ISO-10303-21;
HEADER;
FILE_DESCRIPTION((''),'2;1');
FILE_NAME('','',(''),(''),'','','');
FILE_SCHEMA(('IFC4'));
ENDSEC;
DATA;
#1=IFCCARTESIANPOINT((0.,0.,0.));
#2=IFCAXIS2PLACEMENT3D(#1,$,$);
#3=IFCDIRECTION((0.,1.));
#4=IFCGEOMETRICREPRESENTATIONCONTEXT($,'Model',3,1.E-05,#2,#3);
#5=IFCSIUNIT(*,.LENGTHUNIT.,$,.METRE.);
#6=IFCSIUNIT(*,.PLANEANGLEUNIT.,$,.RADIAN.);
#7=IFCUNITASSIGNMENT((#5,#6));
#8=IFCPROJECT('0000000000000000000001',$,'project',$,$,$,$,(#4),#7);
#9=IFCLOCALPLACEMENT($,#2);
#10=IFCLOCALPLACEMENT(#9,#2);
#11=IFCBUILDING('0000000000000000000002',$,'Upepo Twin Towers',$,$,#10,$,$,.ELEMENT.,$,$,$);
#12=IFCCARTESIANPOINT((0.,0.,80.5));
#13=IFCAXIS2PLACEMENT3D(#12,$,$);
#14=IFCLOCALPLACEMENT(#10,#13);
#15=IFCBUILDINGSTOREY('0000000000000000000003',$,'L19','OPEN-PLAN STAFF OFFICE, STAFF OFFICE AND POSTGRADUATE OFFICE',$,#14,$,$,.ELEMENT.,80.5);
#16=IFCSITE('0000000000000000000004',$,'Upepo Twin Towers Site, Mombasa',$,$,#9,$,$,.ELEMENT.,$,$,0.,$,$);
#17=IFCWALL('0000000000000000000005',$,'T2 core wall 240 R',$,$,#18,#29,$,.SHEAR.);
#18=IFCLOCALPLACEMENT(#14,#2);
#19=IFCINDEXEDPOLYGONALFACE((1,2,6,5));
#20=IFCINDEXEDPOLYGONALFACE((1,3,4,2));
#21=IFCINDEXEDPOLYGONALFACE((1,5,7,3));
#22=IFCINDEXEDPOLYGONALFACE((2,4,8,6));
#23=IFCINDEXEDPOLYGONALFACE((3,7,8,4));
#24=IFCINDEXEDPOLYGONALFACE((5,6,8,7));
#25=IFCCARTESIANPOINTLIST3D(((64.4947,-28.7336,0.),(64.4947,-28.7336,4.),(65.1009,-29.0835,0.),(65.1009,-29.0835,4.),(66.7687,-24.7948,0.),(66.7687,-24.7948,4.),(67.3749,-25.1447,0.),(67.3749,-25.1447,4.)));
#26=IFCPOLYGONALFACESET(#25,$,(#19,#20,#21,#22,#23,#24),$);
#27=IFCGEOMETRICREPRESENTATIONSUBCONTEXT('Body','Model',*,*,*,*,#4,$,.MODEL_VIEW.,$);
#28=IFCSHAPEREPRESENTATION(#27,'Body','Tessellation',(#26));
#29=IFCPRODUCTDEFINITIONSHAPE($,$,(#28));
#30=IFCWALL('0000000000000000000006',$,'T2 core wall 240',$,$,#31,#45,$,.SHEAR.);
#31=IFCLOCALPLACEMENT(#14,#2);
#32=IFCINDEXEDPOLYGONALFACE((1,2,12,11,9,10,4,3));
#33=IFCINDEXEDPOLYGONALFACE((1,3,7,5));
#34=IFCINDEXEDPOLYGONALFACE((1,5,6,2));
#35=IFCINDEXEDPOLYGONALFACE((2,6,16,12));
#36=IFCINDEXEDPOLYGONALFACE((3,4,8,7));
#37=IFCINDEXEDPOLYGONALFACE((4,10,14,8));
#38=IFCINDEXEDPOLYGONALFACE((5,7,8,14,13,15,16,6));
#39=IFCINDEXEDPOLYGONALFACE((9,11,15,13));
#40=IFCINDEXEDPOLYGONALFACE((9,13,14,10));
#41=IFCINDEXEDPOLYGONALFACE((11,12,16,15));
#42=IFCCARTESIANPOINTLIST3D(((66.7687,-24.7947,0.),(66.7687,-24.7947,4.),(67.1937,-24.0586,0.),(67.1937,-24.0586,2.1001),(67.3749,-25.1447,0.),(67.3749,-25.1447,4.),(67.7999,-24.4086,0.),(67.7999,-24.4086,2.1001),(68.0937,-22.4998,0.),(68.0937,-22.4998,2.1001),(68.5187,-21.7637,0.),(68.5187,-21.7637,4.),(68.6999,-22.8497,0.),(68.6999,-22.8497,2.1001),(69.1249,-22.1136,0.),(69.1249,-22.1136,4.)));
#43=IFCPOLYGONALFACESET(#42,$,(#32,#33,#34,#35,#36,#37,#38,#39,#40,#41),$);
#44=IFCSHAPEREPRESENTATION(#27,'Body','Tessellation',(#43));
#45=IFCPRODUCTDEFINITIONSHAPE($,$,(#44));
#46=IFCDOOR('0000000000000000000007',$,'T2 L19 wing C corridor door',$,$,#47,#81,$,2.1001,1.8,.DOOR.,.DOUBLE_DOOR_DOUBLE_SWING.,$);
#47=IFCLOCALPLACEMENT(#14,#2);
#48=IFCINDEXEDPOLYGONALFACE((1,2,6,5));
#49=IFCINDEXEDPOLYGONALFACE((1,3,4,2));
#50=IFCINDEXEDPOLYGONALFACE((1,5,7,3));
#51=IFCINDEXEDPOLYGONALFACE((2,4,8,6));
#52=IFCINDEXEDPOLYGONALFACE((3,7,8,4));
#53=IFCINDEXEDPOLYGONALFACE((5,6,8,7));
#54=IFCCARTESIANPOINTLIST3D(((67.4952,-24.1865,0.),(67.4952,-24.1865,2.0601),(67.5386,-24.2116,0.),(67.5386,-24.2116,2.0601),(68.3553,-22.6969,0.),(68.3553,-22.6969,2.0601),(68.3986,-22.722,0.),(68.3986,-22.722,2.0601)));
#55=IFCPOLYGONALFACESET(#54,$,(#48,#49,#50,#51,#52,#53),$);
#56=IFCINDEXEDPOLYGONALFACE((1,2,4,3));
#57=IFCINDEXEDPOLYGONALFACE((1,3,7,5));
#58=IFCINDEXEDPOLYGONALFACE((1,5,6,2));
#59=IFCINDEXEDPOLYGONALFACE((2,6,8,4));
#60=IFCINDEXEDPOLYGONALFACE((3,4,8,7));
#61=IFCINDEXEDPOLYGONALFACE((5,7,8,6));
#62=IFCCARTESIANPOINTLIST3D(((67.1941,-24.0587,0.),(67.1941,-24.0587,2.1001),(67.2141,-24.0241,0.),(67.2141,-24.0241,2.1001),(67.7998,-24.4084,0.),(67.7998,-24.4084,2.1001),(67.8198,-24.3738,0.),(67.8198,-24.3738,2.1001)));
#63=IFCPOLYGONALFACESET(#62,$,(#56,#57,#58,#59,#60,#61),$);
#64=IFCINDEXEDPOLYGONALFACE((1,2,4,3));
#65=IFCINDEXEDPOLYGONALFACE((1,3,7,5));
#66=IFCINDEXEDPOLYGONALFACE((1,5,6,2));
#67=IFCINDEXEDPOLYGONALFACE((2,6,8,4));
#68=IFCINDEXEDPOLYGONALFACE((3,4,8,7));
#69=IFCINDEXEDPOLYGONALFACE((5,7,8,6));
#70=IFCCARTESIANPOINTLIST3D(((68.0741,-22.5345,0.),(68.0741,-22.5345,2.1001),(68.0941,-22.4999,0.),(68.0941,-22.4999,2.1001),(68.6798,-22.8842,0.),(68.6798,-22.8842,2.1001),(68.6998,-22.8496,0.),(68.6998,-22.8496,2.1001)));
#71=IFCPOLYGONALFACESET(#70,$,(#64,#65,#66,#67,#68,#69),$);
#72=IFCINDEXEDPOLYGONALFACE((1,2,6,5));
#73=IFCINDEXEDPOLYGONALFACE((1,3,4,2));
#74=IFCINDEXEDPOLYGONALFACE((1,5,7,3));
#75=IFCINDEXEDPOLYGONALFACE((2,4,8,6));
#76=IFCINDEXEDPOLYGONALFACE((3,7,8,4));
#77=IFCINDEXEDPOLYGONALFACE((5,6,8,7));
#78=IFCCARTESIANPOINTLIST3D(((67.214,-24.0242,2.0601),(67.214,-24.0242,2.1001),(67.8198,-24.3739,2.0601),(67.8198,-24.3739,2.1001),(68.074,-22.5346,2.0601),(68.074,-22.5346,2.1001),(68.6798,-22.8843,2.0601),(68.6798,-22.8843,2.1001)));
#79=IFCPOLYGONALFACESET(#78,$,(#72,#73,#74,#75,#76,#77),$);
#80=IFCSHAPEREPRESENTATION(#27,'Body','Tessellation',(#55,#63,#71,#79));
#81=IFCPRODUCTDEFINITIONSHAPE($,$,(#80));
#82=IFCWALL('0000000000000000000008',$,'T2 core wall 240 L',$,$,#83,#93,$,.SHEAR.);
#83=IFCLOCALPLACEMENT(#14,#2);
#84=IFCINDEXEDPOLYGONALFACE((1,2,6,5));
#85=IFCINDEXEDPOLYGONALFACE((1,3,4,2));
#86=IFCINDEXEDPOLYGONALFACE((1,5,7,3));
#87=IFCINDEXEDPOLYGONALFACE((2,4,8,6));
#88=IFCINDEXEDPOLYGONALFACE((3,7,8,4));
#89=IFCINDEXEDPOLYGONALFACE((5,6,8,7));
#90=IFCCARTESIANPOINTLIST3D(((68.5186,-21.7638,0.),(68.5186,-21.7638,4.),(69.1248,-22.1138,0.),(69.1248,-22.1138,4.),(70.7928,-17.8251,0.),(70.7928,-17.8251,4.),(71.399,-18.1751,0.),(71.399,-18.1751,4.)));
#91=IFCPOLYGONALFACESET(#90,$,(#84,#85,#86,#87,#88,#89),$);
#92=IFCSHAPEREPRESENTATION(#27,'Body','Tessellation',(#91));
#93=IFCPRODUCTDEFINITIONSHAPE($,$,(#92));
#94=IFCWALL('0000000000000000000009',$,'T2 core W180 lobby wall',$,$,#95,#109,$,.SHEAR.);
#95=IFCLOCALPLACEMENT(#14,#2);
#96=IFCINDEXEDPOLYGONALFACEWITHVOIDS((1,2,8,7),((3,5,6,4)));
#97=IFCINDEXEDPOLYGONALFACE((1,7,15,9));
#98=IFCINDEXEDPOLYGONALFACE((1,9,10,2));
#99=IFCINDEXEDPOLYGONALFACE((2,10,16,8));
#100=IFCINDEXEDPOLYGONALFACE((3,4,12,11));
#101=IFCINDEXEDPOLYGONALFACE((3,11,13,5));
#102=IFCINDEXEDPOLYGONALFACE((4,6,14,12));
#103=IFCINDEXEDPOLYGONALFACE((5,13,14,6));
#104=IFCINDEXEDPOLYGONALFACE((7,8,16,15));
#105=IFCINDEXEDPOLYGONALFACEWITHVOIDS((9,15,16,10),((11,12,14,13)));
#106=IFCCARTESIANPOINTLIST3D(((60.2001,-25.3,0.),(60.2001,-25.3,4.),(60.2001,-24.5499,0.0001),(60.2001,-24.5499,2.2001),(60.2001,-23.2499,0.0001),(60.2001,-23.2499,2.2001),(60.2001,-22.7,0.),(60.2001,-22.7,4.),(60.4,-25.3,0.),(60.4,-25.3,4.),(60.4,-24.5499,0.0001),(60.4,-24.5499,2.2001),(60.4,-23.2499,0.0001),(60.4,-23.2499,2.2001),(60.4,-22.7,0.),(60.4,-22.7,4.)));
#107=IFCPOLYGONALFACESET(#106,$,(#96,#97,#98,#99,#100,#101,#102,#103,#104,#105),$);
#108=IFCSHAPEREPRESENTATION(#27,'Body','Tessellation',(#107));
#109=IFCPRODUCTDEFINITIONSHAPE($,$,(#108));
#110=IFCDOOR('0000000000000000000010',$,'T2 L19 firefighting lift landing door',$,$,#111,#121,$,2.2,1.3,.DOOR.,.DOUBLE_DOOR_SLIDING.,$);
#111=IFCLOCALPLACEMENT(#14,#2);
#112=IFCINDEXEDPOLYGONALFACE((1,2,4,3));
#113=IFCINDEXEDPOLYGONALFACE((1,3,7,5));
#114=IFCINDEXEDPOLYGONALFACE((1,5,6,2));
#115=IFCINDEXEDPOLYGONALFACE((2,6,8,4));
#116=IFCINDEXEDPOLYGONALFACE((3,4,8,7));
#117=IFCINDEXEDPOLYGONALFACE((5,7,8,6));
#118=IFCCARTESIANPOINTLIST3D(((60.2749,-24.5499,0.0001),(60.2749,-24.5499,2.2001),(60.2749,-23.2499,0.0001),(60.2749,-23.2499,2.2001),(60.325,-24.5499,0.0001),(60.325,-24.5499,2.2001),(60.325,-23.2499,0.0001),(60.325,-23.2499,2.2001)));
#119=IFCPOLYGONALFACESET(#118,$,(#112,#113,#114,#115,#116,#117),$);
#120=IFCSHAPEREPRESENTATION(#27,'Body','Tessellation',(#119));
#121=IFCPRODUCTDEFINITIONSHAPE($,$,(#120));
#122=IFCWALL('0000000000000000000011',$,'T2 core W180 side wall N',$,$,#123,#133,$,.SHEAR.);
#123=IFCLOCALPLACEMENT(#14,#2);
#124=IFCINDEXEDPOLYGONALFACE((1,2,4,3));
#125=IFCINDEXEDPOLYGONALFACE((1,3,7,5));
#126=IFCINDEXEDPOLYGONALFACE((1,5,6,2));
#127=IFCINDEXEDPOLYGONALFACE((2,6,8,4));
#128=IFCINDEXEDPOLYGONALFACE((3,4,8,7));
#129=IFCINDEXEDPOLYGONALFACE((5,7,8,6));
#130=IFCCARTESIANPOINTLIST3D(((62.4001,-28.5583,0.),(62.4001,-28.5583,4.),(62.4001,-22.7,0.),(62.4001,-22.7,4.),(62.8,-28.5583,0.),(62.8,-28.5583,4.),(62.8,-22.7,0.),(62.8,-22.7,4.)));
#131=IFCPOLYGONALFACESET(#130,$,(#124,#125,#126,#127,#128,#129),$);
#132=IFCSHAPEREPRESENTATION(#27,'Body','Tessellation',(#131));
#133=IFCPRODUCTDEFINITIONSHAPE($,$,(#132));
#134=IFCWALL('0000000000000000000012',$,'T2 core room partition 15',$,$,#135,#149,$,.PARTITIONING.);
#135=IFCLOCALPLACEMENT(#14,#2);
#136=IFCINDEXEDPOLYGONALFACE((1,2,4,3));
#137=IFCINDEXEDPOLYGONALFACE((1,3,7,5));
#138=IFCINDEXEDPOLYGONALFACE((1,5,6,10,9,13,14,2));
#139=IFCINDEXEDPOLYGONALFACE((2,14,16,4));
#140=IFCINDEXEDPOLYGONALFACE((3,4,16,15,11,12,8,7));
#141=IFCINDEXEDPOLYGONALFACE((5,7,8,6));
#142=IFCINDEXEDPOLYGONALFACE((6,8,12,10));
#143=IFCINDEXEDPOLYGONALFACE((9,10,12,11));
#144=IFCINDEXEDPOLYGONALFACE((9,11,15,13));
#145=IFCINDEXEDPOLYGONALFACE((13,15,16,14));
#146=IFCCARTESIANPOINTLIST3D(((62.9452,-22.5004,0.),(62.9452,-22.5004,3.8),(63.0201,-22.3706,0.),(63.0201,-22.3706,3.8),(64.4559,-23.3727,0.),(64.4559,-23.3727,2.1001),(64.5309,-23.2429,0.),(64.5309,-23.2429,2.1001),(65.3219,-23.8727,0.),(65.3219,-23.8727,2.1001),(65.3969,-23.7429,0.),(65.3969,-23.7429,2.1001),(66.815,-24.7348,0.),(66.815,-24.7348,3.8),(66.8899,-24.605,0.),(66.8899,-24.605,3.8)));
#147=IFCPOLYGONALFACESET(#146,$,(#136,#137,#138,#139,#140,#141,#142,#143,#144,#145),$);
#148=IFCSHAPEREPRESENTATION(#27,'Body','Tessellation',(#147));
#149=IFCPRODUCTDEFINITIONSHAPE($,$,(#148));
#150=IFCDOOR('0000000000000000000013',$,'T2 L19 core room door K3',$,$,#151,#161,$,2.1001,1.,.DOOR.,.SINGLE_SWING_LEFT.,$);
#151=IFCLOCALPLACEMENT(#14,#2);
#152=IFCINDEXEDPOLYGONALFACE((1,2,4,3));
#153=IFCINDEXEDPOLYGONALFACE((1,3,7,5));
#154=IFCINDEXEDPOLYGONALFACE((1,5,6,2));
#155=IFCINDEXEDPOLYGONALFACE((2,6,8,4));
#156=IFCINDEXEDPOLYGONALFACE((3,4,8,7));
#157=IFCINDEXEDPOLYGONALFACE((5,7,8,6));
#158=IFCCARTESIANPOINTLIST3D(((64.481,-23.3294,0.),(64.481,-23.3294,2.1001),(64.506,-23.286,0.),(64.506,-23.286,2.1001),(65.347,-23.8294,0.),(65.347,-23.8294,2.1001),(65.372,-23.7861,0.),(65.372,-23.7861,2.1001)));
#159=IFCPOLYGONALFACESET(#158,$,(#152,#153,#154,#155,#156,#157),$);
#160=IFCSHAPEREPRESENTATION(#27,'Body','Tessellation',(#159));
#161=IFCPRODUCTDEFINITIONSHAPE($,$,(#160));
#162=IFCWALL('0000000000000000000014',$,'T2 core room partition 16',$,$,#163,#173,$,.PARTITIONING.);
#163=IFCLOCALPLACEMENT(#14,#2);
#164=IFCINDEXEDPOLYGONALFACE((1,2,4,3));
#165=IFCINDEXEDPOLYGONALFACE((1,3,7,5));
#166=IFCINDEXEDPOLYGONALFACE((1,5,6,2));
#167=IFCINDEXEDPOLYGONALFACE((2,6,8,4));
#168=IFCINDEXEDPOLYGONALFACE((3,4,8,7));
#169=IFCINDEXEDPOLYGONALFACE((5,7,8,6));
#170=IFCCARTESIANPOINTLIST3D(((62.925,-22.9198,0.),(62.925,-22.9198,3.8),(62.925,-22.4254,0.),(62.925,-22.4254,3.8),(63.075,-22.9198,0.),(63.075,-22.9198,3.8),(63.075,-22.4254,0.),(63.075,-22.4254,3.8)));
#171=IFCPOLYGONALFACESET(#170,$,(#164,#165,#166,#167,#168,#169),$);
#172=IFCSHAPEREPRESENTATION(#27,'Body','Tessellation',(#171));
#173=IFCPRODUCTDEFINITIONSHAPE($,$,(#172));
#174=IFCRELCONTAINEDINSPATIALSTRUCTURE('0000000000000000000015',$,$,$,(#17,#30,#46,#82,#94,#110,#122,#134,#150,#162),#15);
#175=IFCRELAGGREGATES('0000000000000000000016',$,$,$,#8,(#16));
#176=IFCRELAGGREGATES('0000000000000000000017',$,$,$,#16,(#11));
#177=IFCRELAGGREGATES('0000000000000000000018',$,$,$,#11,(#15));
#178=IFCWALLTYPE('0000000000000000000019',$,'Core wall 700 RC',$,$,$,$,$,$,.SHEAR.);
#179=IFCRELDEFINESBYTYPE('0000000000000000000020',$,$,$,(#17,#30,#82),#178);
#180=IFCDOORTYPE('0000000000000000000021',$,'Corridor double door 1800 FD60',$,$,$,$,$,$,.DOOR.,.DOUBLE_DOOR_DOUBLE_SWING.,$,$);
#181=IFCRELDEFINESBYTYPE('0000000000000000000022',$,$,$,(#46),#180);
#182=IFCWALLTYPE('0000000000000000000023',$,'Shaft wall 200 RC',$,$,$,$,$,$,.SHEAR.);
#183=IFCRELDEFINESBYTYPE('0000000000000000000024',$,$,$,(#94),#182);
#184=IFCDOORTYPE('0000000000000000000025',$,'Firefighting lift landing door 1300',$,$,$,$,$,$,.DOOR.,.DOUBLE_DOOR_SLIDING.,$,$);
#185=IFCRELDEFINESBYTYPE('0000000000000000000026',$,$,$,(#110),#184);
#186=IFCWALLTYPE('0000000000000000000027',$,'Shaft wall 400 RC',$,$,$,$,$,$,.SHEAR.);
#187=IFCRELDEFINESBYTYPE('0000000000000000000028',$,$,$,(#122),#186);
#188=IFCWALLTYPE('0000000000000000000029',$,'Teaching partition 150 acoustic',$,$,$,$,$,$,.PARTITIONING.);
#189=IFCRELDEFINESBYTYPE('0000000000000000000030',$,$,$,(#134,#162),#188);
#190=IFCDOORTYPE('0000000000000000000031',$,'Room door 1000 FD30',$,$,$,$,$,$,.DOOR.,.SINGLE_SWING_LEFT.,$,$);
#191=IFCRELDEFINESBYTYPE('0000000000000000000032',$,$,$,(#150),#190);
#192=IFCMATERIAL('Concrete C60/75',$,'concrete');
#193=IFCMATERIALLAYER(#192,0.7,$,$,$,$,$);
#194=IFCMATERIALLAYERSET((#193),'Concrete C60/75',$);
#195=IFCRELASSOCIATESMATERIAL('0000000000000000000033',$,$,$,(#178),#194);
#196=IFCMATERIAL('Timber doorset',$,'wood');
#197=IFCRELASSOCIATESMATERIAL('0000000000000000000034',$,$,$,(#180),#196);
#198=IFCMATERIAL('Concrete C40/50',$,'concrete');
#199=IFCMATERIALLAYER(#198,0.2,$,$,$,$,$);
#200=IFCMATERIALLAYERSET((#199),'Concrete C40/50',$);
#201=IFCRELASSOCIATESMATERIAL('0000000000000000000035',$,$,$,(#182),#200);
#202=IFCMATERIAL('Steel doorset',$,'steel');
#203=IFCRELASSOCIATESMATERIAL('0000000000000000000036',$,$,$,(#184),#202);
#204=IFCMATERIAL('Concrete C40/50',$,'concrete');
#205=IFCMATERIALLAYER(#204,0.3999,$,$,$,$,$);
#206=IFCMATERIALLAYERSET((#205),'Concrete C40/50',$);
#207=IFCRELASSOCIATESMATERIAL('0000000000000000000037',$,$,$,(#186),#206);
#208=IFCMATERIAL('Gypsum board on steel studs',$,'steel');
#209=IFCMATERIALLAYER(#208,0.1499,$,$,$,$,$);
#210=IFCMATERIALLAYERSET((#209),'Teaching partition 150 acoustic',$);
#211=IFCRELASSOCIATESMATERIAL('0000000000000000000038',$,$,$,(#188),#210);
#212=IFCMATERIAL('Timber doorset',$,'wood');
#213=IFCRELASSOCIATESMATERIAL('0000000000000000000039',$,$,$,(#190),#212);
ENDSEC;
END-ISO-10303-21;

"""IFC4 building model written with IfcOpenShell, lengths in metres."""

from ifc_helpers import new_model, si_unit, direction, frame, frame_2d, origin, place, context, subcontext, project, spatial, rectangle, extrude, material, layer, layer_set, type_object, element, fill, save


model = new_model("IFC4")

# Units and contexts
model_context = context("Model", 3, precision=1e-05, world=origin(), true_north=direction((0.0, 1.0)))
body_context = subcontext(model_context, "Body", "Model", "MODEL_VIEW")
ifc_project = project(units=[si_unit("LENGTHUNIT", "METRE"), si_unit("PLANEANGLEUNIT", "RADIAN")], contexts=[model_context])

# Site, building, storey
site_placement = place(None, origin())
site = spatial("IfcSite", under=ifc_project, at=site_placement, Name="Upepo Twin Towers Site, Mombasa", CompositionType="ELEMENT", RefElevation=0.0)
building_placement = place(site_placement, origin())
building = spatial("IfcBuilding", under=site, at=building_placement, Name="Upepo Twin Towers", CompositionType="ELEMENT")
storey_placement = place(building_placement, frame((0.0, 0.0, 80.5)))
storey = spatial("IfcBuildingStorey", under=building, at=storey_placement, Name="L19", Description="OPEN-PLAN STAFF OFFICE, STAFF OFFICE AND POSTGRADUATE OFFICE", CompositionType="ELEMENT", Elevation=80.5)

# Wall
ifc_material_1 = material(Name="Concrete C60/75", Category="concrete")
ifc_layer_1 = layer(ifc_material_1, 0.7)
ifc_layer_set_1 = layer_set([ifc_layer_1], Name="Concrete C60/75")
wall_type_1 = type_object("IfcWallType", Name="Core wall 700 RC", PredefinedType="SHEAR", material=ifc_layer_set_1)
wall_1_placement = place(storey_placement, frame((64.7979, -28.9084, 0.0), z_axis=(0.0, 0.0, 1.0), x_axis=(0.499984, 0.866035, 0.0)))
element("IfcWall", 1, at=wall_1_placement, inside=storey, type_object=wall_type_1, Name="T2 core wall 240 R", PredefinedType="SHEAR", context=body_context, shape_type="SweptSolid", body=[
    extrude(rectangle(XDim=4.5481, YDim=0.7, at=frame_2d((2.2739, 0.0))), origin(), (0.0, 0.0, 1.0), 4.0),
])

# Wall, opening, door
wall_2_placement = place(storey_placement, frame((67.0718, -24.9697, 0.0), z_axis=(0.0, 0.0, 1.0), x_axis=(0.50001, 0.866019, 0.0)))
wall_2 = element("IfcWall", 2, at=wall_2_placement, inside=storey, type_object=wall_type_1, Name="T2 core wall 240", PredefinedType="SHEAR", context=body_context, shape_type="SweptSolid", body=[
    extrude(rectangle(XDim=3.5, YDim=0.7, at=frame_2d((1.75, 0.0))), origin(), (0.0, 0.0, 1.0), 4.0),
])
opening_1_placement = place(wall_2_placement, frame((0.8501, 0.0, 0.0)))
opening_1 = element("IfcOpeningElement", 3, at=opening_1_placement, cuts=wall_2, PredefinedType="OPENING", context=body_context, shape_type="SweptSolid", body=[
    extrude(rectangle(XDim=1.8, YDim=2.1001, at=frame_2d((0.8999, 1.05))), frame((0.0, 0.3599, 0.0), z_axis=(0.0, -1.0, 0.0), x_axis=(1.0, 0.0, 0.0)), (0.0, 0.0, 1.0), 0.72),
])
ifc_material_2 = material(Name="Timber doorset", Category="wood")
door_type_1 = type_object("IfcDoorType", Name="Corridor double door 1800 FD60", OperationType="DOUBLE_DOOR_DOUBLE_SWING", PredefinedType="DOOR", material=ifc_material_2)
door_1_placement = place(opening_1_placement, origin())
door_1 = element("IfcDoor", 4, at=door_1_placement, inside=storey, type_object=door_type_1, Name="T2 L19 wing C corridor door", OperationType="DOUBLE_DOOR_DOUBLE_SWING", OverallHeight=2.1001, OverallWidth=1.8, PredefinedType="DOOR", context=body_context, shape_type="SweptSolid", body=[
    extrude(rectangle(XDim=1.72, YDim=2.0601, at=frame_2d((0.8999, 1.03))), frame((0.0, 0.0249, 0.0), z_axis=(0.0, -1.0, 0.0), x_axis=(1.0, 0.0, 0.0)), (0.0, 0.0, 1.0), 0.05),
    extrude(rectangle(XDim=0.04, YDim=2.1001, at=frame_2d((0.02, 1.05))), frame((0.0, 0.3496, 0.0), z_axis=(0.0, -1.0, 0.0), x_axis=(1.0, 0.0, 0.0)), (0.0, 0.0, 1.0), 0.6995),
    extrude(rectangle(XDim=0.04, YDim=2.1001, at=frame_2d((1.78, 1.05))), frame((0.0, 0.3496, 0.0), z_axis=(0.0, -1.0, 0.0), x_axis=(1.0, 0.0, 0.0)), (0.0, 0.0, 1.0), 0.6995),
    extrude(rectangle(XDim=1.72, YDim=0.04, at=frame_2d((0.8999, 2.0801))), frame((0.0, 0.3496, 0.0), z_axis=(0.0, -1.0, 0.0), x_axis=(1.0, 0.0, 0.0)), (0.0, 0.0, 1.0), 0.6995),
])
fill(opening_1, door_1)

# Wall
wall_3_placement = place(storey_placement, frame((68.8218, -21.9387, 0.0), z_axis=(0.0, 0.0, 1.0), x_axis=(0.500024, 0.866011, 0.0)))
element("IfcWall", 5, at=wall_3_placement, inside=storey, type_object=wall_type_1, Name="T2 core wall 240 L", PredefinedType="SHEAR", context=body_context, shape_type="SweptSolid", body=[
    extrude(rectangle(XDim=4.5481, YDim=0.7, at=frame_2d((2.2739, 0.0))), origin(), (0.0, 0.0, 1.0), 4.0),
])

# Wall, opening, door
ifc_material_3 = material(Name="Concrete C40/50", Category="concrete")
ifc_layer_2 = layer(ifc_material_3, 0.2)
ifc_layer_set_2 = layer_set([ifc_layer_2], Name="Concrete C40/50")
wall_type_2 = type_object("IfcWallType", Name="Shaft wall 200 RC", PredefinedType="SHEAR", material=ifc_layer_set_2)
wall_4_placement = place(storey_placement, frame((60.3, -22.7, 0.0), z_axis=(0.0, 0.0, 1.0), x_axis=(0.0, -1.0, 0.0)))
wall_4 = element("IfcWall", 6, at=wall_4_placement, inside=storey, type_object=wall_type_2, Name="T2 core W180 lobby wall", PredefinedType="SHEAR", context=body_context, shape_type="SweptSolid", body=[
    extrude(rectangle(XDim=2.6001, YDim=0.2, at=frame_2d((1.3, 0.0))), origin(), (0.0, 0.0, 1.0), 4.0),
])
opening_2_placement = place(wall_4_placement, frame((0.55, 0.0, 0.0)))
opening_2 = element("IfcOpeningElement", 7, at=opening_2_placement, cuts=wall_4, PredefinedType="OPENING", context=body_context, shape_type="SweptSolid", body=[
    extrude(rectangle(XDim=1.3, YDim=2.2, at=frame_2d((0.6499, 1.1001))), frame((0.0, 0.1099, 0.0), z_axis=(0.0, -1.0, 0.0), x_axis=(1.0, 0.0, 0.0)), (0.0, 0.0, 1.0), 0.22),
])
ifc_material_4 = material(Name="Steel doorset", Category="steel")
door_type_2 = type_object("IfcDoorType", Name="Firefighting lift landing door 1300", OperationType="DOUBLE_DOOR_SLIDING", PredefinedType="DOOR", material=ifc_material_4)
door_2_placement = place(opening_2_placement, origin())
door_2 = element("IfcDoor", 8, at=door_2_placement, inside=storey, type_object=door_type_2, Name="T2 L19 firefighting lift landing door", OperationType="DOUBLE_DOOR_SLIDING", OverallHeight=2.2, OverallWidth=1.3, PredefinedType="DOOR", context=body_context, shape_type="SweptSolid", body=[
    extrude(rectangle(XDim=1.3, YDim=2.2, at=frame_2d((0.6499, 1.1001))), frame((0.0, 0.0249, 0.0), z_axis=(0.0, -1.0, 0.0), x_axis=(1.0, 0.0, 0.0)), (0.0, 0.0, 1.0), 0.05),
])
fill(opening_2, door_2)

# Wall
ifc_material_5 = material(Name="Concrete C40/50", Category="concrete")
ifc_layer_3 = layer(ifc_material_5, 0.3999)
ifc_layer_set_3 = layer_set([ifc_layer_3], Name="Concrete C40/50")
wall_type_3 = type_object("IfcWallType", Name="Shaft wall 400 RC", PredefinedType="SHEAR", material=ifc_layer_set_3)
wall_5_placement = place(storey_placement, frame((62.6001, -22.7, 0.0), z_axis=(0.0, 0.0, 1.0), x_axis=(0.0, -1.0, 0.0)))
element("IfcWall", 9, at=wall_5_placement, inside=storey, type_object=wall_type_3, Name="T2 core W180 side wall N", PredefinedType="SHEAR", context=body_context, shape_type="SweptSolid", body=[
    extrude(rectangle(XDim=5.8584, YDim=0.3999, at=frame_2d((2.9292, 0.0))), origin(), (0.0, 0.0, 1.0), 4.0),
])

# Wall, opening, door
ifc_material_6 = material(Name="Gypsum board on steel studs", Category="steel")
ifc_layer_4 = layer(ifc_material_6, 0.1499)
ifc_layer_set_4 = layer_set([ifc_layer_4], Name="Teaching partition 150 acoustic")
wall_type_4 = type_object("IfcWallType", Name="Teaching partition 150 acoustic", PredefinedType="PARTITIONING", material=ifc_layer_set_4)
wall_6_placement = place(storey_placement, frame((66.8525, -24.6699, 0.0), z_axis=(0.0, 0.0, 1.0), x_axis=(-0.866015, 0.500017, 0.0)))
wall_6 = element("IfcWall", 10, at=wall_6_placement, inside=storey, type_object=wall_type_4, Name="T2 core room partition 15", PredefinedType="PARTITIONING", context=body_context, shape_type="SweptSolid", body=[
    extrude(rectangle(XDim=4.4685, YDim=0.1499, at=frame_2d((2.2344, 0.0))), origin(), (0.0, 0.0, 1.0), 3.8),
])
opening_3_placement = place(wall_6_placement, frame((1.7241, 0.0, 0.0)))
opening_3 = element("IfcOpeningElement", 11, at=opening_3_placement, cuts=wall_6, PredefinedType="OPENING", context=body_context, shape_type="SweptSolid", body=[
    extrude(rectangle(XDim=1.0, YDim=2.1001, at=frame_2d((0.5, 1.05))), frame((0.0, 0.085, 0.0), z_axis=(0.0, -1.0, 0.0), x_axis=(1.0, 0.0, 0.0)), (0.0, 0.0, 1.0), 0.1699),
])
ifc_material_7 = material(Name="Timber doorset", Category="wood")
door_type_3 = type_object("IfcDoorType", Name="Room door 1000 FD30", OperationType="SINGLE_SWING_LEFT", PredefinedType="DOOR", material=ifc_material_7)
door_3_placement = place(opening_3_placement, origin())
door_3 = element("IfcDoor", 12, at=door_3_placement, inside=storey, type_object=door_type_3, Name="T2 L19 core room door K3", OperationType="SINGLE_SWING_LEFT", OverallHeight=2.1001, OverallWidth=1.0, PredefinedType="DOOR", context=body_context, shape_type="SweptSolid", body=[
    extrude(rectangle(XDim=1.0, YDim=2.1001, at=frame_2d((0.5, 1.05))), frame((0.0, 0.0249, 0.0), z_axis=(0.0, -1.0, 0.0), x_axis=(1.0, 0.0, 0.0)), (0.0, 0.0, 1.0), 0.05),
])
fill(opening_3, door_3)

# Wall
wall_7_placement = place(storey_placement, frame((63.0, -22.4255, 0.0), z_axis=(0.0, 0.0, 1.0), x_axis=(0.0, -1.0, 0.0)))
element("IfcWall", 13, at=wall_7_placement, inside=storey, type_object=wall_type_4, Name="T2 core room partition 16", PredefinedType="PARTITIONING", context=body_context, shape_type="SweptSolid", body=[
    extrude(rectangle(XDim=0.4944, YDim=0.1499, at=frame_2d((0.2471, 0.0))), origin(), (0.0, 0.0, 1.0), 3.8),
])

save(model, "model.ifc")
